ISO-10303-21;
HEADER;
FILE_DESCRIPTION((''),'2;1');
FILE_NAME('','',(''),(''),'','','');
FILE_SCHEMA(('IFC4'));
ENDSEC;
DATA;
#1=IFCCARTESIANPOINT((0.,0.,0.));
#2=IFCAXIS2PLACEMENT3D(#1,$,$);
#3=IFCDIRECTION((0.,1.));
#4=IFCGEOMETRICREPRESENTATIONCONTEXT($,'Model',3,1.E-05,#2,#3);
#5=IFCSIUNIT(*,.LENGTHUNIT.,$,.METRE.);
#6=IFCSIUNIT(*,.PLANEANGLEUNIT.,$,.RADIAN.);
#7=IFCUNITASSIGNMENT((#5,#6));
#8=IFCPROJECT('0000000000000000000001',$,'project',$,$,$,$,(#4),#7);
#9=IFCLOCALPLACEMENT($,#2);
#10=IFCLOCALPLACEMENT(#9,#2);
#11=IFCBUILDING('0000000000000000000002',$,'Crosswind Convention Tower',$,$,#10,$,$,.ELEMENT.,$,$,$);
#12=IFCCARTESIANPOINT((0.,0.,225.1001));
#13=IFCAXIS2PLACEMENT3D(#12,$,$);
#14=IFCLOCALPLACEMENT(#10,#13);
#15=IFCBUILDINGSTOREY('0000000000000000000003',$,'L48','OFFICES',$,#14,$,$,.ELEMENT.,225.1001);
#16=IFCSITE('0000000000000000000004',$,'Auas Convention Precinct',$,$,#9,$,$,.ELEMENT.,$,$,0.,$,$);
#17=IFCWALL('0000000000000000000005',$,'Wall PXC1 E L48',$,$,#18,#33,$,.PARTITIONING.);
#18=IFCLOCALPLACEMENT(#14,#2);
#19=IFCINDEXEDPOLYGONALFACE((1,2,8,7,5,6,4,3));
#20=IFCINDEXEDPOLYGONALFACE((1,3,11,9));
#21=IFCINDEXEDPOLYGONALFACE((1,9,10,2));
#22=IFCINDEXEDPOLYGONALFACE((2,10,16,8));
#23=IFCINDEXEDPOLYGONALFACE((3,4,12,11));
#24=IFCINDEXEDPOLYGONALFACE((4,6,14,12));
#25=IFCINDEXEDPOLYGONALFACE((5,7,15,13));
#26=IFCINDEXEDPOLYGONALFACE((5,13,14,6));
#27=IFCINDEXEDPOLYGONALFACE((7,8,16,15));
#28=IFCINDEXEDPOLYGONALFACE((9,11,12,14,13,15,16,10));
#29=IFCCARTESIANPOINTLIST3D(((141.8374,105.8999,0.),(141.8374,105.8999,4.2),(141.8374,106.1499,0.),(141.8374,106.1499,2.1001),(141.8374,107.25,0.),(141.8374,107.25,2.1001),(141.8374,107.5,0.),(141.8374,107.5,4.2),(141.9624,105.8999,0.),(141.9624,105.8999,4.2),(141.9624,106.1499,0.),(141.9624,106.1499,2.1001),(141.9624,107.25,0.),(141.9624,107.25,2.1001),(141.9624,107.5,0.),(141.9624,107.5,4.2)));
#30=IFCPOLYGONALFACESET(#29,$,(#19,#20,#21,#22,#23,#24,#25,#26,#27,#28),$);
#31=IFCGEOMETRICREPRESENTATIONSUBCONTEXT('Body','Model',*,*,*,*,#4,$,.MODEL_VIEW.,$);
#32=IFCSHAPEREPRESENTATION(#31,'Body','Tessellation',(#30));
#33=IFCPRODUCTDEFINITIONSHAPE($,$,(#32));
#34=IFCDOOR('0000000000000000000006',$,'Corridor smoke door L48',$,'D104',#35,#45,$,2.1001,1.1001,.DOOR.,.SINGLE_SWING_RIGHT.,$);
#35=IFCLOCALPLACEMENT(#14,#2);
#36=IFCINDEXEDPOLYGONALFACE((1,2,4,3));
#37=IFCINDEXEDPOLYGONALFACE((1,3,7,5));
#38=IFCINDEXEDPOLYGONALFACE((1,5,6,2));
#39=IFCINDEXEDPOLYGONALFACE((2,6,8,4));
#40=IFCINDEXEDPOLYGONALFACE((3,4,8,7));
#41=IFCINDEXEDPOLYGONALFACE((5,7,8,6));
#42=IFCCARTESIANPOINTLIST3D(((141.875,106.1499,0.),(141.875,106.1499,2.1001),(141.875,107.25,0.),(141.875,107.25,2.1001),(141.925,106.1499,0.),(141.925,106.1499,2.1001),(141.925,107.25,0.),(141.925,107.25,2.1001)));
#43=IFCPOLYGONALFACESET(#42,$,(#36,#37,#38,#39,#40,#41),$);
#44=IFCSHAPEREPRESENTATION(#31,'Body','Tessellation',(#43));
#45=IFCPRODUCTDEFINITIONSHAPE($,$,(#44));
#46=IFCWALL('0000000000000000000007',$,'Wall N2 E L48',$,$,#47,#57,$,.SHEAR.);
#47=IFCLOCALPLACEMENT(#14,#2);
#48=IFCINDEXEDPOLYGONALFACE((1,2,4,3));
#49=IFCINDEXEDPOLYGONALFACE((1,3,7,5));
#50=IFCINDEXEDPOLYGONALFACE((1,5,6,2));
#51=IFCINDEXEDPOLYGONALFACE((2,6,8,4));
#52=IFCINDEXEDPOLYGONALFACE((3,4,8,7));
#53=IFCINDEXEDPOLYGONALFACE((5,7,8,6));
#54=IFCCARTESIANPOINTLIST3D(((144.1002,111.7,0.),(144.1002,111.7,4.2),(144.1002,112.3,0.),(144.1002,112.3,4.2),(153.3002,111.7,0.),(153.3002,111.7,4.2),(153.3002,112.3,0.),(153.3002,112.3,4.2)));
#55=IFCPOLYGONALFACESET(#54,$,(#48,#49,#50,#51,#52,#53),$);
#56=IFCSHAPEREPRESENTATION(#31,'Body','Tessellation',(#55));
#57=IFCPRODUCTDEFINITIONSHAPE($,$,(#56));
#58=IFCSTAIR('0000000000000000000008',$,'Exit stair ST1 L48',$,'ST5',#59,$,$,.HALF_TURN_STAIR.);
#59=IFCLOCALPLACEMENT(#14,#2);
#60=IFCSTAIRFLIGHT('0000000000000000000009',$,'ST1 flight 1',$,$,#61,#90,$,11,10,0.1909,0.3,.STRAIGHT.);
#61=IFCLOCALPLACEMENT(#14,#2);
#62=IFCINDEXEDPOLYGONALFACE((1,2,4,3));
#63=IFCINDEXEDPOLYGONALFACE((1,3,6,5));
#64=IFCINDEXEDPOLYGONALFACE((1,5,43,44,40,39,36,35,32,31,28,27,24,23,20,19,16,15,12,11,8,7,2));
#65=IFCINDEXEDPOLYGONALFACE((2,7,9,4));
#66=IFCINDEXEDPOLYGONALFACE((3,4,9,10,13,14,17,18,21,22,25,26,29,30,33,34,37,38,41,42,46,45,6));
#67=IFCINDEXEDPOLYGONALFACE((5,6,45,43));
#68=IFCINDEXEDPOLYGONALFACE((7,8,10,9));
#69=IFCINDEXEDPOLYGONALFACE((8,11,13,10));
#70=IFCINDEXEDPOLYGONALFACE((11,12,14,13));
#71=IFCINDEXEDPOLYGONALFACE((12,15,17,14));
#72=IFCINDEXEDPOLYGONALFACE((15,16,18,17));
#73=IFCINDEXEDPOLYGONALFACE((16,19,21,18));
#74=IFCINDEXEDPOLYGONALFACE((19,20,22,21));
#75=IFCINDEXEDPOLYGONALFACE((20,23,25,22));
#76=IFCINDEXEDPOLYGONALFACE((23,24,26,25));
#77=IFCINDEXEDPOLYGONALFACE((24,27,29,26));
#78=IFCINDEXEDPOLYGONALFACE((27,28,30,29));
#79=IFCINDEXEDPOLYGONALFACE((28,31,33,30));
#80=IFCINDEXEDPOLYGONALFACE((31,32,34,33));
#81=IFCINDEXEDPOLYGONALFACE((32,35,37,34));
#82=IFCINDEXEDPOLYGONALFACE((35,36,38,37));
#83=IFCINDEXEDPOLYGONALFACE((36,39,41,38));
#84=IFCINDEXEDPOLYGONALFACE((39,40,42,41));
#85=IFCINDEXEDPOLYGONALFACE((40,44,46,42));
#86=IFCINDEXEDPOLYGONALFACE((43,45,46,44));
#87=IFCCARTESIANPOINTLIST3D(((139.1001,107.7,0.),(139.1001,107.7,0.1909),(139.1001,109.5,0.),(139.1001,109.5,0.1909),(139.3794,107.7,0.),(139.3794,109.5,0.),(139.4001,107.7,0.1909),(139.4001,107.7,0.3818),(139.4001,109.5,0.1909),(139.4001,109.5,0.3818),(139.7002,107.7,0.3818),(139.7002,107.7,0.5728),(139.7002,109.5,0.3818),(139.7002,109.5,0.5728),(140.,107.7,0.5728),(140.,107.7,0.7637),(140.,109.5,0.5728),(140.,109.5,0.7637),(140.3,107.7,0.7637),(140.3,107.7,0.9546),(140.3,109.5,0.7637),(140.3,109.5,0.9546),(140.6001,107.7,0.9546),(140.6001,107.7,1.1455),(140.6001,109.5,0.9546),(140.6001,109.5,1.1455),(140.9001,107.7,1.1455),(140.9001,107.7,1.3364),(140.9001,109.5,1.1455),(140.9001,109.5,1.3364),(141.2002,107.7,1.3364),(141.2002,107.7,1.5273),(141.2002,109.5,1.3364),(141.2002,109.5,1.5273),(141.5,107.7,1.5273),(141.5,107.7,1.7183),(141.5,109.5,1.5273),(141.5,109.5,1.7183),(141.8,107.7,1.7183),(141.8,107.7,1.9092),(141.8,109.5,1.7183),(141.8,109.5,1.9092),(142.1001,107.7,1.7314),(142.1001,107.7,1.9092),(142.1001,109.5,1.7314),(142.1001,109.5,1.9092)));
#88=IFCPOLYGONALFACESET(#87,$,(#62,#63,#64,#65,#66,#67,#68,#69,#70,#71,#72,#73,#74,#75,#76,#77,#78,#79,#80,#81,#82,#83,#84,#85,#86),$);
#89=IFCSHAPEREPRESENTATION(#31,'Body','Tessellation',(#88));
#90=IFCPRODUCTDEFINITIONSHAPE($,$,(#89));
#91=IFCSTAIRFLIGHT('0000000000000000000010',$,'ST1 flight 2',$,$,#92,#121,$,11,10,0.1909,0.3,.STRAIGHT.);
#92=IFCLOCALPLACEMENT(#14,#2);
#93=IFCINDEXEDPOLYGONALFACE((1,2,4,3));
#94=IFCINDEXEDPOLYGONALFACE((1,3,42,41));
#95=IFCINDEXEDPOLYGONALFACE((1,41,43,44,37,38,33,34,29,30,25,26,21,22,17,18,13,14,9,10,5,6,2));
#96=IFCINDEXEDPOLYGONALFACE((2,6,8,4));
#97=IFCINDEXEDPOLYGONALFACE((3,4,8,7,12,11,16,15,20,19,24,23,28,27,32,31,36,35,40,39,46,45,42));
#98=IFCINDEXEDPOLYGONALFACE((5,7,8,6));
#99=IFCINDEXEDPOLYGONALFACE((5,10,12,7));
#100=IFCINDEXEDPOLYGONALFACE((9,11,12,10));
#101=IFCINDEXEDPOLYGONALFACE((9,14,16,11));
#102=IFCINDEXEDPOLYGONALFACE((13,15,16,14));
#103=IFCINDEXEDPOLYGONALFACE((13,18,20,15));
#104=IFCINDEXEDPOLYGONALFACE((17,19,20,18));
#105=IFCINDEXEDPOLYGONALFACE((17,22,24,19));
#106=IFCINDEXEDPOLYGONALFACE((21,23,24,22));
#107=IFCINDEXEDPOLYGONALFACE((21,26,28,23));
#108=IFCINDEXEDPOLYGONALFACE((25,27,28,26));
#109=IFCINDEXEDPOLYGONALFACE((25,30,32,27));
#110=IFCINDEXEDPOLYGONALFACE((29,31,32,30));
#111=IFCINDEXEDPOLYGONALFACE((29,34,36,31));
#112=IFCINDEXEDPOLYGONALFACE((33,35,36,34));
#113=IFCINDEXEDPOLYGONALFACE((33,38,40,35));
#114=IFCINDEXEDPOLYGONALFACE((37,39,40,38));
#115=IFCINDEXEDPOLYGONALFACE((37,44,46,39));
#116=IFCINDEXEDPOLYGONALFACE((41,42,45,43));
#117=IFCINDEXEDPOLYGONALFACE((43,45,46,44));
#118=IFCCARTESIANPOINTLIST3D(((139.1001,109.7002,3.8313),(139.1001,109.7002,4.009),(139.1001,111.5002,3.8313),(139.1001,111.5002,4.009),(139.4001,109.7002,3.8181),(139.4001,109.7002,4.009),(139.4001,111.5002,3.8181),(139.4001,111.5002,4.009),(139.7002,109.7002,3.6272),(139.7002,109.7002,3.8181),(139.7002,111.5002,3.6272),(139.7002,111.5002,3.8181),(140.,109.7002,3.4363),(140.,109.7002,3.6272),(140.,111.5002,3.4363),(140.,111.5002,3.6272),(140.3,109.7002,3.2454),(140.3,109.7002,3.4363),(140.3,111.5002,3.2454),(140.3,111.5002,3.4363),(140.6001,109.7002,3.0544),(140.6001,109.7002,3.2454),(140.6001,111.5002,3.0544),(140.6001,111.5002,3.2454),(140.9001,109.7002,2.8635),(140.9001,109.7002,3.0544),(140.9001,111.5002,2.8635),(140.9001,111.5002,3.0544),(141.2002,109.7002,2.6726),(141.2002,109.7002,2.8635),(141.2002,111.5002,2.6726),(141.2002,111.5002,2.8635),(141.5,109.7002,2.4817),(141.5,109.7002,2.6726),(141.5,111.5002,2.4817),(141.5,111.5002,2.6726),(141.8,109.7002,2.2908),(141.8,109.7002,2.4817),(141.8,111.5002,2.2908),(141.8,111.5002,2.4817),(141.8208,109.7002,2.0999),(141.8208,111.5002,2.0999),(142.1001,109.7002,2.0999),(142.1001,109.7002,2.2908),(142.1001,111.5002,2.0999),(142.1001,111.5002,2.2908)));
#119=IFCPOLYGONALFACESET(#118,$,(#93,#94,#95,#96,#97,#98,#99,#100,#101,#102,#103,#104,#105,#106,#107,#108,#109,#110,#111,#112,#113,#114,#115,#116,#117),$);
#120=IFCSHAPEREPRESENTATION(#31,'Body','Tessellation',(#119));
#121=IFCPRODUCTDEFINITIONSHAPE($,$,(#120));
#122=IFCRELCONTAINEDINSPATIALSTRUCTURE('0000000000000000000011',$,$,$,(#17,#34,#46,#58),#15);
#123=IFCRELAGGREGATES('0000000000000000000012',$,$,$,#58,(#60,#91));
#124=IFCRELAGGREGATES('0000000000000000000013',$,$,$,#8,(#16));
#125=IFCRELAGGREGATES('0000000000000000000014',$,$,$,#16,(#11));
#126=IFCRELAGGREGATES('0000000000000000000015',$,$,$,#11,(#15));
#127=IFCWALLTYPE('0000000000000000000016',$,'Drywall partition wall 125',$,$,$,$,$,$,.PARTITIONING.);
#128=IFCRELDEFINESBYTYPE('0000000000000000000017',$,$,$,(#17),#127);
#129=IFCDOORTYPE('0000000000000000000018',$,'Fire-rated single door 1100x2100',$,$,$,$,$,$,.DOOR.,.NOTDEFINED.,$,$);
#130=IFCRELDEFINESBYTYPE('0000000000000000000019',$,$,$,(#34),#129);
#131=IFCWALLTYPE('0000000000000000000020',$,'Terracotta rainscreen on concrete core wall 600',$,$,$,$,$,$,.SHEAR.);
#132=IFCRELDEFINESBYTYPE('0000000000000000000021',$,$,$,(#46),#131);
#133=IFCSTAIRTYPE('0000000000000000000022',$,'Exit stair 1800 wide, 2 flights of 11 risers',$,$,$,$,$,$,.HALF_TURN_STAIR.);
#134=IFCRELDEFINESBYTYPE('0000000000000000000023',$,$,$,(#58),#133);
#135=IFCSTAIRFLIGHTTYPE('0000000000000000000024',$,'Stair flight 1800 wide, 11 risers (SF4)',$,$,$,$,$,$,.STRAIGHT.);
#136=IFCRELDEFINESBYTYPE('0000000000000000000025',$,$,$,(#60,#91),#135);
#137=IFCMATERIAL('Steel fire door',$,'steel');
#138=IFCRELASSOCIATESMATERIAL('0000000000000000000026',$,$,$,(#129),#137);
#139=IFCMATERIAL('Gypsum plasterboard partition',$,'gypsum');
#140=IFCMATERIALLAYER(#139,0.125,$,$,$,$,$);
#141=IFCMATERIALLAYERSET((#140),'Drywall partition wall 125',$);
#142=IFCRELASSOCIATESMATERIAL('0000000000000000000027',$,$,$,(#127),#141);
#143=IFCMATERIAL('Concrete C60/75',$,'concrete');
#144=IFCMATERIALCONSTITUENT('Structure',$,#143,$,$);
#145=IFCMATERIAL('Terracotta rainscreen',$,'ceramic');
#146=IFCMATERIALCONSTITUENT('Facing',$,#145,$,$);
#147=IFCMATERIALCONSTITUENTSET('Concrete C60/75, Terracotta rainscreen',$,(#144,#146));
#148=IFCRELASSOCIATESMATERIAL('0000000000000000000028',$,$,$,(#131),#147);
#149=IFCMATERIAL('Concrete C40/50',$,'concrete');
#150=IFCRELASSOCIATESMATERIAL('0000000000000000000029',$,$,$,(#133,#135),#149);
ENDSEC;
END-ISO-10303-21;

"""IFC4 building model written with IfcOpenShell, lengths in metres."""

from ifc_helpers import new_model, si_unit, direction, frame, frame_2d, origin, place, context, subcontext, project, spatial, polyline, rectangle, outline, extrude, material, layer, layer_set, constituent, constituent_set, type_object, element, fill, aggregate, save


model = new_model("IFC4")

# Units and contexts
model_context = context("Model", 3, precision=1e-05, world=origin(), true_north=direction((0.0, 1.0)))
body_context = subcontext(model_context, "Body", "Model", "MODEL_VIEW")
ifc_project = project(units=[si_unit("LENGTHUNIT", "METRE"), si_unit("PLANEANGLEUNIT", "RADIAN")], contexts=[model_context])

# Site, building, storey
site_placement = place(None, origin())
site = spatial("IfcSite", under=ifc_project, at=site_placement, Name="Auas Convention Precinct", CompositionType="ELEMENT", RefElevation=0.0)
building_placement = place(site_placement, origin())
building = spatial("IfcBuilding", under=site, at=building_placement, Name="Crosswind Convention Tower", CompositionType="ELEMENT")
storey_placement = place(building_placement, frame((0.0, 0.0, 225.1001)))
storey = spatial("IfcBuildingStorey", under=building, at=storey_placement, Name="L48", Description="OFFICES", CompositionType="ELEMENT", Elevation=225.1001)

# Shared definitions
ifc_material_1 = material(Name="Steel fire door", Category="steel")
door_type_1 = type_object("IfcDoorType", Name="Fire-rated single door 1100x2100", OperationType="NOTDEFINED", PredefinedType="DOOR", material=ifc_material_1)

# Shared definitions
ifc_material_2 = material(Name="Gypsum plasterboard partition", Category="gypsum")
ifc_layer_1 = layer(ifc_material_2, 0.125)
ifc_layer_set_1 = layer_set([ifc_layer_1], Name="Drywall partition wall 125")
wall_type_1 = type_object("IfcWallType", Name="Drywall partition wall 125", PredefinedType="PARTITIONING", material=ifc_layer_set_1)

# Wall, opening, door
wall_1_placement = place(storey_placement, frame((141.8999, 105.8999, 0.0), z_axis=(0.0, 0.0, 1.0), x_axis=(0.0, 1.0, 0.0)))
wall_1 = element("IfcWall", 1, at=wall_1_placement, inside=storey, type_object=wall_type_1, Name="Wall PXC1 E L48", PredefinedType="PARTITIONING", context=body_context, shape_type="SweptSolid", body=[
    extrude(rectangle(XDim=1.6001, YDim=0.125, at=frame_2d((0.8, 0.0))), origin(), (0.0, 0.0, 1.0), 4.2),
])
opening_1_placement = place(wall_1_placement, frame((0.25, 0.0, 0.0)))
opening_1 = element("IfcOpeningElement", 2, at=opening_1_placement, cuts=wall_1, PredefinedType="OPENING", context=body_context, shape_type="SweptSolid", body=[
    extrude(rectangle(XDim=1.1001, YDim=2.1001, at=frame_2d((0.55, 1.05))), frame((0.0, 0.0725, 0.0), z_axis=(0.0, -1.0, 0.0), x_axis=(1.0, 0.0, 0.0)), (0.0, 0.0, 1.0), 0.145),
])
door_1_placement = place(opening_1_placement, origin())
door_1 = element("IfcDoor", 3, at=door_1_placement, inside=storey, type_object=door_type_1, Name="Corridor smoke door L48", ObjectType="D104", OperationType="SINGLE_SWING_RIGHT", OverallHeight=2.1001, OverallWidth=1.1001, PredefinedType="DOOR", context=body_context, shape_type="SweptSolid", body=[
    extrude(rectangle(XDim=1.1001, YDim=2.1001, at=frame_2d((0.55, 1.05))), frame((0.0, 0.0249, 0.0), z_axis=(0.0, -1.0, 0.0), x_axis=(1.0, 0.0, 0.0)), (0.0, 0.0, 1.0), 0.05),
])
fill(opening_1, door_1)

# Wall
ifc_material_3 = material(Name="Concrete C60/75", Category="concrete")
ifc_constituent_1 = constituent(ifc_material_3, Name="Structure")
ifc_material_4 = material(Name="Terracotta rainscreen", Category="ceramic")
ifc_constituent_2 = constituent(ifc_material_4, Name="Facing")
ifc_constituent_set = constituent_set(constituents=[ifc_constituent_1, ifc_constituent_2], Name="Concrete C60/75, Terracotta rainscreen")
wall_type_2 = type_object("IfcWallType", Name="Terracotta rainscreen on concrete core wall 600", PredefinedType="SHEAR", material=ifc_constituent_set)
wall_2_placement = place(storey_placement, frame((144.1001, 112.0, 0.0), z_axis=(0.0, 0.0, 1.0), x_axis=(1.0, 0.0, 0.0)))
element("IfcWall", 4, at=wall_2_placement, inside=storey, type_object=wall_type_2, Name="Wall N2 E L48", PredefinedType="SHEAR", context=body_context, shape_type="SweptSolid", body=[
    extrude(rectangle(XDim=9.2, YDim=0.6001, at=frame_2d((4.6001, 0.0))), origin(), (0.0, 0.0, 1.0), 4.2),
])

# Stair, stair flights
ifc_material_5 = material(Name="Concrete C40/50", Category="concrete")
stair_type = type_object("IfcStairType", Name="Exit stair 1800 wide, 2 flights of 11 risers", PredefinedType="HALF_TURN_STAIR", material=ifc_material_5)
stair_placement = place(storey_placement, origin())
stair = element("IfcStair", 5, at=stair_placement, inside=storey, type_object=stair_type, Name="Exit stair ST1 L48", ObjectType="ST5", PredefinedType="HALF_TURN_STAIR")
stair_flight_type = type_object("IfcStairFlightType", Name="Stair flight 1800 wide, 11 risers (SF4)", PredefinedType="STRAIGHT", material=ifc_material_5)
stair_flight_1_placement = place(storey_placement, frame((139.1001, 108.6001, 0.0), z_axis=(0.0, 0.0, 1.0), x_axis=(1.0, 0.0, 0.0)))
stair_flight_1 = element("IfcStairFlight", 6, at=stair_flight_1_placement, type_object=stair_flight_type, Name="ST1 flight 1", NumberOfRisers=11, NumberOfTreads=10, PredefinedType="STRAIGHT", RiserHeight=0.1909, TreadLength=0.3, context=body_context, shape_type="SweptSolid", body=[
    extrude(outline(polyline([(0.0, 0.0), (0.0, 0.1909), (0.3, 0.1909), (0.3, 0.3818), (0.6001, 0.3818), (0.6001, 0.5728), (0.8999, 0.5728), (0.8999, 0.7637), (1.2, 0.7637), (1.2, 0.9546), (1.5, 0.9546), (1.5, 1.1455), (1.8, 1.1455), (1.8, 1.3364), (2.1001, 1.3364), (2.1001, 1.5273), (2.3999, 1.5273), (2.3999, 1.7183), (2.7, 1.7183), (2.7, 1.9092), (3.0, 1.9092), (3.0, 2.1001), (3.0, 1.7314), (0.2793, 0.0), (0.0, 0.0)])), frame((0.0, 0.8999, 0.0), z_axis=(0.0, -1.0, 0.0), x_axis=(1.0, 0.0, 0.0)), (0.0, 0.0, 1.0), 1.8),
])
stair_flight_2_placement = place(storey_placement, frame((142.1001, 110.6001, 2.0999), z_axis=(0.0, 0.0, 1.0), x_axis=(-1.0, 0.0, 0.0)))
stair_flight_2 = element("IfcStairFlight", 7, at=stair_flight_2_placement, type_object=stair_flight_type, Name="ST1 flight 2", NumberOfRisers=11, NumberOfTreads=10, PredefinedType="STRAIGHT", RiserHeight=0.1909, TreadLength=0.3, context=body_context, shape_type="SweptSolid", body=[
    extrude(outline(polyline([(0.0, 0.0), (0.0, 0.1909), (0.3, 0.1909), (0.3, 0.3818), (0.6001, 0.3818), (0.6001, 0.5728), (0.8999, 0.5728), (0.8999, 0.7637), (1.2, 0.7637), (1.2, 0.9546), (1.5, 0.9546), (1.5, 1.1455), (1.8, 1.1455), (1.8, 1.3364), (2.1001, 1.3364), (2.1001, 1.5273), (2.3999, 1.5273), (2.3999, 1.7183), (2.7, 1.7183), (2.7, 1.9092), (3.0, 1.9092), (3.0, 2.1001), (3.0, 1.7314), (0.2793, 0.0), (0.0, 0.0)])), frame((0.0, 0.8999, 0.0), z_axis=(0.0, -1.0, 0.0), x_axis=(1.0, 0.0, 0.0)), (0.0, 0.0, 1.0), 1.8),
])
aggregate(stair, [stair_flight_1, stair_flight_2])

save(model, "model.ifc")
